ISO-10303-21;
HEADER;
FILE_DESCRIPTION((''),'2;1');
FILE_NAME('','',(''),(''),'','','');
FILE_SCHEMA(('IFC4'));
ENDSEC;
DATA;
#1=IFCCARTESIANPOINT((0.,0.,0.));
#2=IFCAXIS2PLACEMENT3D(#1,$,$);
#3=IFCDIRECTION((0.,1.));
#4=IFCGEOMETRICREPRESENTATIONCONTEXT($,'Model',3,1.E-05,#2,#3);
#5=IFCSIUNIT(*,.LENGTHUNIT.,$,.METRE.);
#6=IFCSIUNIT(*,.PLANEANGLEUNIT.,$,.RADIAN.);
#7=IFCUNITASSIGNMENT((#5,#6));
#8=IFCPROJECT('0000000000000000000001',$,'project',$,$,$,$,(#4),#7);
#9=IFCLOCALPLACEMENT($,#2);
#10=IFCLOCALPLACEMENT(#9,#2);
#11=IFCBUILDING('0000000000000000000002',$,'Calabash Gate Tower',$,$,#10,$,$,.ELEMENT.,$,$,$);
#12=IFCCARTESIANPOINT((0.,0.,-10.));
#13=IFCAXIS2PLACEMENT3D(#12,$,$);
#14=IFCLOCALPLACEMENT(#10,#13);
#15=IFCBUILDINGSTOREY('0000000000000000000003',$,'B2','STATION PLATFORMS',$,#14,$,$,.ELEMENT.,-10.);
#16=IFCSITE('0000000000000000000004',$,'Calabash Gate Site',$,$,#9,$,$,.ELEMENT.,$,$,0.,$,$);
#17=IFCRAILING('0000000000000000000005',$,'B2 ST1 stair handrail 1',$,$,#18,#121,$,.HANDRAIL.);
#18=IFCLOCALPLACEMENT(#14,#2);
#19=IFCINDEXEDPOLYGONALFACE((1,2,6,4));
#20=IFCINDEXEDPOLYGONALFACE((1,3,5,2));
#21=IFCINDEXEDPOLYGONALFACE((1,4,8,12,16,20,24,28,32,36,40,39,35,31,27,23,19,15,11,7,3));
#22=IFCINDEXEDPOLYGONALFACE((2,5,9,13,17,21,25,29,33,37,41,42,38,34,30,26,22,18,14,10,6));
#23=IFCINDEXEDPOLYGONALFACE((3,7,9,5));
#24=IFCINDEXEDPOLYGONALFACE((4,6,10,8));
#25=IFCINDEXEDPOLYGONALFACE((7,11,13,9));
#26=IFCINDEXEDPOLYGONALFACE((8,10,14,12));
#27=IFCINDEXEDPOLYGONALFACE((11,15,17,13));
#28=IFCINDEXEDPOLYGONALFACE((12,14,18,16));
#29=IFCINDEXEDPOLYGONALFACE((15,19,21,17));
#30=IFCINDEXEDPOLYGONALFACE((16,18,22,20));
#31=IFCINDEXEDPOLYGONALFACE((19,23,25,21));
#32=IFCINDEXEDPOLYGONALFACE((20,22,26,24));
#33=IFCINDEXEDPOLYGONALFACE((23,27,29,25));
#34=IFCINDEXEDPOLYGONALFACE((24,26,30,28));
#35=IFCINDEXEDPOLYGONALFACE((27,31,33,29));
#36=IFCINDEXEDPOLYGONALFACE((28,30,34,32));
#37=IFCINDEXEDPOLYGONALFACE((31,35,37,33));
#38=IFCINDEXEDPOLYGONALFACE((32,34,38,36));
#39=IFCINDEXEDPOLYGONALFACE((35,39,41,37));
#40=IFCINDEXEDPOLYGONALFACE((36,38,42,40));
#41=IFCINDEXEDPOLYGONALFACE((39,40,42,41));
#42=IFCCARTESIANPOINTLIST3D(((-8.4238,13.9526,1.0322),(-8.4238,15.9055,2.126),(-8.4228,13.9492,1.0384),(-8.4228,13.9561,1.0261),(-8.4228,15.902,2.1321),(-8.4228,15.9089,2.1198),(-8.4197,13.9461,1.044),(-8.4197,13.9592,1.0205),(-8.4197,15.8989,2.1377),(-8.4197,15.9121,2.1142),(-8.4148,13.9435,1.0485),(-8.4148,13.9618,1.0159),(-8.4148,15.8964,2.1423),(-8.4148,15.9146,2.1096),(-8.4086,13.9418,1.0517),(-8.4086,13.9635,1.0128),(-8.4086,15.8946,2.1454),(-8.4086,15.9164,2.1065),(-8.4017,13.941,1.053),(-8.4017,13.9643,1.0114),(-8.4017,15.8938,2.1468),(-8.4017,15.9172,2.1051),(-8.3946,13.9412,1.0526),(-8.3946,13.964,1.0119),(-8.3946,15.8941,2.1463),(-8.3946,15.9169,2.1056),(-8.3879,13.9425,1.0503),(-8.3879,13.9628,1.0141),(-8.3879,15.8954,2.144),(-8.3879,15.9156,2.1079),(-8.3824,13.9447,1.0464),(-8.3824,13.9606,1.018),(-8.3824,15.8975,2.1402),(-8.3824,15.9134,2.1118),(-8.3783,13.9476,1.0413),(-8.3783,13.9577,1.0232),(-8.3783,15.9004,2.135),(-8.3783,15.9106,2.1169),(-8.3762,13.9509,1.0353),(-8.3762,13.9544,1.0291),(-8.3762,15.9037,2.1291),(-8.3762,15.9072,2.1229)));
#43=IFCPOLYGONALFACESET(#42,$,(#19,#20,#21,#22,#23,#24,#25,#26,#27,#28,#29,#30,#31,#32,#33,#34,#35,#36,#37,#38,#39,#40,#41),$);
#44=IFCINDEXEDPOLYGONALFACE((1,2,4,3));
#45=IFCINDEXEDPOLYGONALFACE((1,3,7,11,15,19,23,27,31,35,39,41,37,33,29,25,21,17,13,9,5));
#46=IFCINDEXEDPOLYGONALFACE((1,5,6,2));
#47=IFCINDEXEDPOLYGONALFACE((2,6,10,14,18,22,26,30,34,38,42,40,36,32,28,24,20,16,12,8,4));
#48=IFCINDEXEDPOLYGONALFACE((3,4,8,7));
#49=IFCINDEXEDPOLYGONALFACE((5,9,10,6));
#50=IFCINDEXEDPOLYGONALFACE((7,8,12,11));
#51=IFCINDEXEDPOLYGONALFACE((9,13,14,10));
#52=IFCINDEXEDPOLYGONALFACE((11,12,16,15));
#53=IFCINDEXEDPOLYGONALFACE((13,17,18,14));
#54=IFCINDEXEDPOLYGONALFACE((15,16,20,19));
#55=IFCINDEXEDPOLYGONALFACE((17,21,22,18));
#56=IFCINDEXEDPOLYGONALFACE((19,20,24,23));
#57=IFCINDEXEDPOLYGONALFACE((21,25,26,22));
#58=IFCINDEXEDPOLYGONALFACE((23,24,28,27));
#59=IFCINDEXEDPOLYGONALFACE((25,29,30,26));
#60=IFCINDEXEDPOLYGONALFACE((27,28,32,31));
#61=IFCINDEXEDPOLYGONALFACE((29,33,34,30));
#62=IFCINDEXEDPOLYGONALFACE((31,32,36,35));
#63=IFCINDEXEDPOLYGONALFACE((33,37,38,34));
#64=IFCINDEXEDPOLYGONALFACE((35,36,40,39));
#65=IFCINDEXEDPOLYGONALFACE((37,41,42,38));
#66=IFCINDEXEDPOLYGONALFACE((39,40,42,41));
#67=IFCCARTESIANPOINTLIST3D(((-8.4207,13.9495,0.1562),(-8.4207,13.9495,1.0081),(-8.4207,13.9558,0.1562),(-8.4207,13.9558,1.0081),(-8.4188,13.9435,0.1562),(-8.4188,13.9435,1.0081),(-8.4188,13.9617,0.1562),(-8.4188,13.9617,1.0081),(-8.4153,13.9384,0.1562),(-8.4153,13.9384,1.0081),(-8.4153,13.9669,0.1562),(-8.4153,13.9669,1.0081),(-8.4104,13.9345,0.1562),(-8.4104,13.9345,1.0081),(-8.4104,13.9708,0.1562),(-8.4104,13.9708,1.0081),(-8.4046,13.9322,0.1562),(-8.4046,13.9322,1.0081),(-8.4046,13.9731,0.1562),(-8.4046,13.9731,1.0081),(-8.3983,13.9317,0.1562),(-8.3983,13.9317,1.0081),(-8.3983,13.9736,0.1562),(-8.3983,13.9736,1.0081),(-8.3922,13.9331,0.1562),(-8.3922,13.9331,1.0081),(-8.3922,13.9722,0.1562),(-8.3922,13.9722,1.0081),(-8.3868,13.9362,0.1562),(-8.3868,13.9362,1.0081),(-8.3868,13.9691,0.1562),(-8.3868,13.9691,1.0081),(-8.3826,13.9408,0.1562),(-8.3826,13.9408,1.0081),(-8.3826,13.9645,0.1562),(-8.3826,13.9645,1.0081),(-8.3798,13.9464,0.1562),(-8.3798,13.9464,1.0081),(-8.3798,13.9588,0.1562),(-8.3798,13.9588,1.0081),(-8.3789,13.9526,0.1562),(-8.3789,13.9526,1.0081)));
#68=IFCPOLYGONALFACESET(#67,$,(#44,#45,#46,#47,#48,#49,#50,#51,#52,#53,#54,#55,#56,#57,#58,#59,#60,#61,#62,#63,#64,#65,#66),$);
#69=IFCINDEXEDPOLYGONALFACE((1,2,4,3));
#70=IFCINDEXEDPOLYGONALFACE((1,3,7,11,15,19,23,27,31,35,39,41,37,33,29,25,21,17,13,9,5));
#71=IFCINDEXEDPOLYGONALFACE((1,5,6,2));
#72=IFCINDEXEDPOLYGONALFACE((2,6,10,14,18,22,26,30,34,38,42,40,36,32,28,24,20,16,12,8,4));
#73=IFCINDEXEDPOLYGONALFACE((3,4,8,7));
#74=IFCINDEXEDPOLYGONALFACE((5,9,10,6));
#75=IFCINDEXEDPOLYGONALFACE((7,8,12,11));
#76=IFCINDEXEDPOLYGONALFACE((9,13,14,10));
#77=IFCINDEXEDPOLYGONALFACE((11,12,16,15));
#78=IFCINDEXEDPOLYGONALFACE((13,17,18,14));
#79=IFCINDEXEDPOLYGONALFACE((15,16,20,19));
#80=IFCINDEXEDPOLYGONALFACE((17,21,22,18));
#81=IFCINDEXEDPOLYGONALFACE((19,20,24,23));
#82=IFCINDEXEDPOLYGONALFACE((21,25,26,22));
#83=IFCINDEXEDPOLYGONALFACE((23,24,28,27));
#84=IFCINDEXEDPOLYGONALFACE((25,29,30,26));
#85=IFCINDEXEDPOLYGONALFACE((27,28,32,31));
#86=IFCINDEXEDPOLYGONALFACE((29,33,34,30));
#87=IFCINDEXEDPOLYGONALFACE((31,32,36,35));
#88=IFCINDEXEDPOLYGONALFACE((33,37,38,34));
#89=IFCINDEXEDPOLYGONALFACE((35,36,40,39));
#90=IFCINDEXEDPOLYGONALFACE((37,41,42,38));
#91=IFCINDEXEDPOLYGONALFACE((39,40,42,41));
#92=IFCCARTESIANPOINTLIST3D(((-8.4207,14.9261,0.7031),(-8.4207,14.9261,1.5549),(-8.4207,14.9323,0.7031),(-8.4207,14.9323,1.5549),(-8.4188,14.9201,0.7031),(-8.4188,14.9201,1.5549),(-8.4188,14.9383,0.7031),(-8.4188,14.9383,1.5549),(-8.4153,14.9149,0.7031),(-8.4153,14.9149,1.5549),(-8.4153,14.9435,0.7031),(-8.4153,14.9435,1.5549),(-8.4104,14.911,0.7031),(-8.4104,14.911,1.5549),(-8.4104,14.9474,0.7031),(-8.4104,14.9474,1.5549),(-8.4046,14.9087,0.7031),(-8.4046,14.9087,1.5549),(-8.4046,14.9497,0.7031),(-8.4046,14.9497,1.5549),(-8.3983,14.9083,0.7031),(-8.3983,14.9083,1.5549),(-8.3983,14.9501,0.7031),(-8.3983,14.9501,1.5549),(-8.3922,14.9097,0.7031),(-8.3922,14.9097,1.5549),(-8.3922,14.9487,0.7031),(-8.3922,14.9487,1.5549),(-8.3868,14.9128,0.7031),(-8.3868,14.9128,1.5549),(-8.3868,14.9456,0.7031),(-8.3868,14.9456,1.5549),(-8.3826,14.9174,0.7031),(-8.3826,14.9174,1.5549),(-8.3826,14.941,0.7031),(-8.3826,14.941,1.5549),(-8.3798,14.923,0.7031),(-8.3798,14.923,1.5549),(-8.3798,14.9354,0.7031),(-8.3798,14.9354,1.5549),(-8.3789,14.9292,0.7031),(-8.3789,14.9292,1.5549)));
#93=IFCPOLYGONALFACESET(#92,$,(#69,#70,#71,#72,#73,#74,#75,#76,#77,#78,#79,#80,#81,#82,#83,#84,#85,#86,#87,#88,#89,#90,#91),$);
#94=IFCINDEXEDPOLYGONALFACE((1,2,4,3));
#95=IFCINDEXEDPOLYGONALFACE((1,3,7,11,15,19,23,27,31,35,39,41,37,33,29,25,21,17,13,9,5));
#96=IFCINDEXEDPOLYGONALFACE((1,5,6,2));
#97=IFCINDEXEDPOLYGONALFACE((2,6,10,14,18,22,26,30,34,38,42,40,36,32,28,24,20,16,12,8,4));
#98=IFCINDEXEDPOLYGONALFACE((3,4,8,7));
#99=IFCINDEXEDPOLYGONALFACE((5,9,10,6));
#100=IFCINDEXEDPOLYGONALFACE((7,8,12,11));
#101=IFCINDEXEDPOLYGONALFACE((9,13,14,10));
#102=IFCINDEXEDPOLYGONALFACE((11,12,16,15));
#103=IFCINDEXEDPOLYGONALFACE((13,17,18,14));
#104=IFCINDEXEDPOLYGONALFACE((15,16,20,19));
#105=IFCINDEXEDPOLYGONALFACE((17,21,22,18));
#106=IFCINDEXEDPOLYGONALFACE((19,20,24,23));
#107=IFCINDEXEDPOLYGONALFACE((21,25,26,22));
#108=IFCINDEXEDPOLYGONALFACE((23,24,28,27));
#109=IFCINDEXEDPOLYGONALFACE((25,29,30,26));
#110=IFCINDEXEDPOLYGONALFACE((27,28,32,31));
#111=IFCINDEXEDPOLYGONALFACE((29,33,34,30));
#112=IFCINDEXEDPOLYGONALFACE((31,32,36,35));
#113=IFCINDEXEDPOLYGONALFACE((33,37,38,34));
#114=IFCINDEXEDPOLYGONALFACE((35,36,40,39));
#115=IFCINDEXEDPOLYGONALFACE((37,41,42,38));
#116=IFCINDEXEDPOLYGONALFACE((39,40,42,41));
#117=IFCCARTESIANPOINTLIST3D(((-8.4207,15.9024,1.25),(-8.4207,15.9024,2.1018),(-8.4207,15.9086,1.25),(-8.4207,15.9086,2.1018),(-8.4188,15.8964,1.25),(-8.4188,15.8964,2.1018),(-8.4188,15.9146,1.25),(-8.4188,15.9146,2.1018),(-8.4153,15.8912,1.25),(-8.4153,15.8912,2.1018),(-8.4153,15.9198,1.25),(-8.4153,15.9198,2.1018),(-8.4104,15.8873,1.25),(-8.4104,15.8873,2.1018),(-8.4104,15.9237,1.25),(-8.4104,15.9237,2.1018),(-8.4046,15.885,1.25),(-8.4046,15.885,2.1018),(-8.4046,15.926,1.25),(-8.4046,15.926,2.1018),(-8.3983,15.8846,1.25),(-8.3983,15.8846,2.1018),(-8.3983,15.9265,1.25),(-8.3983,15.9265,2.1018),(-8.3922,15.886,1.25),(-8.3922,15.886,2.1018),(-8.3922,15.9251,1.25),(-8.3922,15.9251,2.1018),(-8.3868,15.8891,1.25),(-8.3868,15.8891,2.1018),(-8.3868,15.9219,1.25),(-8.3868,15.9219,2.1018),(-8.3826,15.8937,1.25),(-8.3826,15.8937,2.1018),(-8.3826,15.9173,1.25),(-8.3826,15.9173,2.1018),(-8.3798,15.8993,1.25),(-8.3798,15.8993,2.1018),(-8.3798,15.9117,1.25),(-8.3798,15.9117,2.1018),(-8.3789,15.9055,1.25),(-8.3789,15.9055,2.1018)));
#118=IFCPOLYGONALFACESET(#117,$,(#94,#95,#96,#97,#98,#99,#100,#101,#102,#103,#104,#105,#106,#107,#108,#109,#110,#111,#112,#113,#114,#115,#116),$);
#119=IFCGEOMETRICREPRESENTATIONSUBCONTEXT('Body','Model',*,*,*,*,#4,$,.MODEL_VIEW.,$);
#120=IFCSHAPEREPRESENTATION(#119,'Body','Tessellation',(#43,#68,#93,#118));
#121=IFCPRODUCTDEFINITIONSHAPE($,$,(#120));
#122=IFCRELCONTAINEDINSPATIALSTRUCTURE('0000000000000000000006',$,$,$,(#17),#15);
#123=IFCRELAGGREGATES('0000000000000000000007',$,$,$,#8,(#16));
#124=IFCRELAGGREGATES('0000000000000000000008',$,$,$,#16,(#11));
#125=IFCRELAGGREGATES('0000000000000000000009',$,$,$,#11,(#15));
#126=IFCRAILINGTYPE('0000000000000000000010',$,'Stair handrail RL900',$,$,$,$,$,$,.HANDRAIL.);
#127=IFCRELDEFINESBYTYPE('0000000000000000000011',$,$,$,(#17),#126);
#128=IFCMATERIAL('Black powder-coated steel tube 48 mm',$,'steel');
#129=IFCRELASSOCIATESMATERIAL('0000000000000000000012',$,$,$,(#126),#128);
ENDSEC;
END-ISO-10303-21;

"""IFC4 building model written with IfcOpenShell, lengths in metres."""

from ifc_helpers import new_model, si_unit, direction, frame, origin, origin_2d, place, context, subcontext, project, spatial, circle, extrude, material, type_object, element, save


model = new_model("IFC4")

# Units and contexts
model_context = context("Model", 3, precision=1e-05, world=origin(), true_north=direction((0.0, 1.0)))
body_context = subcontext(model_context, "Body", "Model", "MODEL_VIEW")
ifc_project = project(units=[si_unit("LENGTHUNIT", "METRE"), si_unit("PLANEANGLEUNIT", "RADIAN")], contexts=[model_context])

# Site, building, storey
site_placement = place(None, origin())
site = spatial("IfcSite", under=ifc_project, at=site_placement, Name="Calabash Gate Site", CompositionType="ELEMENT", RefElevation=0.0)
building_placement = place(site_placement, origin())
building = spatial("IfcBuilding", under=site, at=building_placement, Name="Calabash Gate Tower", CompositionType="ELEMENT")
storey_placement = place(building_placement, frame((0.0, 0.0, -10.0)))
storey = spatial("IfcBuildingStorey", under=building, at=storey_placement, Name="B2", Description="STATION PLATFORMS", CompositionType="ELEMENT", Elevation=-10.0)

# Railing
ifc_material_1 = material(Name="Black powder-coated steel tube 48 mm", Category="steel")
railing_type_1 = type_object("IfcRailingType", Name="Stair handrail RL900", PredefinedType="HANDRAIL", material=ifc_material_1)
railing_1_placement = place(storey_placement, frame((-8.3999, 13.9526, 0.1562)))
element("IfcRailing", 1, at=railing_1_placement, inside=storey, type_object=railing_type_1, Name="B2 ST1 stair handrail 1", PredefinedType="HANDRAIL", context=body_context, shape_type="SweptSolid", body=[
    extrude(circle(Radius=0.0239, at=origin_2d()), frame((0.0, 0.0, 0.876), z_axis=(0.0, 0.87248, 0.48865), x_axis=(-1.0, 0.0, 0.0)), (0.0, 0.0, 1.0), 2.2383),
    extrude(circle(Radius=0.021, at=origin_2d()), origin(), (0.0, 0.0, 1.0), 0.8518),
    extrude(circle(Radius=0.021, at=origin_2d()), frame((0.0, 0.9766, 0.5469)), (0.0, 0.0, 1.0), 0.8518),
    extrude(circle(Radius=0.021, at=origin_2d()), frame((0.0, 1.9529, 1.0938)), (0.0, 0.0, 1.0), 0.8518),
])

save(model, "model.ifc")
